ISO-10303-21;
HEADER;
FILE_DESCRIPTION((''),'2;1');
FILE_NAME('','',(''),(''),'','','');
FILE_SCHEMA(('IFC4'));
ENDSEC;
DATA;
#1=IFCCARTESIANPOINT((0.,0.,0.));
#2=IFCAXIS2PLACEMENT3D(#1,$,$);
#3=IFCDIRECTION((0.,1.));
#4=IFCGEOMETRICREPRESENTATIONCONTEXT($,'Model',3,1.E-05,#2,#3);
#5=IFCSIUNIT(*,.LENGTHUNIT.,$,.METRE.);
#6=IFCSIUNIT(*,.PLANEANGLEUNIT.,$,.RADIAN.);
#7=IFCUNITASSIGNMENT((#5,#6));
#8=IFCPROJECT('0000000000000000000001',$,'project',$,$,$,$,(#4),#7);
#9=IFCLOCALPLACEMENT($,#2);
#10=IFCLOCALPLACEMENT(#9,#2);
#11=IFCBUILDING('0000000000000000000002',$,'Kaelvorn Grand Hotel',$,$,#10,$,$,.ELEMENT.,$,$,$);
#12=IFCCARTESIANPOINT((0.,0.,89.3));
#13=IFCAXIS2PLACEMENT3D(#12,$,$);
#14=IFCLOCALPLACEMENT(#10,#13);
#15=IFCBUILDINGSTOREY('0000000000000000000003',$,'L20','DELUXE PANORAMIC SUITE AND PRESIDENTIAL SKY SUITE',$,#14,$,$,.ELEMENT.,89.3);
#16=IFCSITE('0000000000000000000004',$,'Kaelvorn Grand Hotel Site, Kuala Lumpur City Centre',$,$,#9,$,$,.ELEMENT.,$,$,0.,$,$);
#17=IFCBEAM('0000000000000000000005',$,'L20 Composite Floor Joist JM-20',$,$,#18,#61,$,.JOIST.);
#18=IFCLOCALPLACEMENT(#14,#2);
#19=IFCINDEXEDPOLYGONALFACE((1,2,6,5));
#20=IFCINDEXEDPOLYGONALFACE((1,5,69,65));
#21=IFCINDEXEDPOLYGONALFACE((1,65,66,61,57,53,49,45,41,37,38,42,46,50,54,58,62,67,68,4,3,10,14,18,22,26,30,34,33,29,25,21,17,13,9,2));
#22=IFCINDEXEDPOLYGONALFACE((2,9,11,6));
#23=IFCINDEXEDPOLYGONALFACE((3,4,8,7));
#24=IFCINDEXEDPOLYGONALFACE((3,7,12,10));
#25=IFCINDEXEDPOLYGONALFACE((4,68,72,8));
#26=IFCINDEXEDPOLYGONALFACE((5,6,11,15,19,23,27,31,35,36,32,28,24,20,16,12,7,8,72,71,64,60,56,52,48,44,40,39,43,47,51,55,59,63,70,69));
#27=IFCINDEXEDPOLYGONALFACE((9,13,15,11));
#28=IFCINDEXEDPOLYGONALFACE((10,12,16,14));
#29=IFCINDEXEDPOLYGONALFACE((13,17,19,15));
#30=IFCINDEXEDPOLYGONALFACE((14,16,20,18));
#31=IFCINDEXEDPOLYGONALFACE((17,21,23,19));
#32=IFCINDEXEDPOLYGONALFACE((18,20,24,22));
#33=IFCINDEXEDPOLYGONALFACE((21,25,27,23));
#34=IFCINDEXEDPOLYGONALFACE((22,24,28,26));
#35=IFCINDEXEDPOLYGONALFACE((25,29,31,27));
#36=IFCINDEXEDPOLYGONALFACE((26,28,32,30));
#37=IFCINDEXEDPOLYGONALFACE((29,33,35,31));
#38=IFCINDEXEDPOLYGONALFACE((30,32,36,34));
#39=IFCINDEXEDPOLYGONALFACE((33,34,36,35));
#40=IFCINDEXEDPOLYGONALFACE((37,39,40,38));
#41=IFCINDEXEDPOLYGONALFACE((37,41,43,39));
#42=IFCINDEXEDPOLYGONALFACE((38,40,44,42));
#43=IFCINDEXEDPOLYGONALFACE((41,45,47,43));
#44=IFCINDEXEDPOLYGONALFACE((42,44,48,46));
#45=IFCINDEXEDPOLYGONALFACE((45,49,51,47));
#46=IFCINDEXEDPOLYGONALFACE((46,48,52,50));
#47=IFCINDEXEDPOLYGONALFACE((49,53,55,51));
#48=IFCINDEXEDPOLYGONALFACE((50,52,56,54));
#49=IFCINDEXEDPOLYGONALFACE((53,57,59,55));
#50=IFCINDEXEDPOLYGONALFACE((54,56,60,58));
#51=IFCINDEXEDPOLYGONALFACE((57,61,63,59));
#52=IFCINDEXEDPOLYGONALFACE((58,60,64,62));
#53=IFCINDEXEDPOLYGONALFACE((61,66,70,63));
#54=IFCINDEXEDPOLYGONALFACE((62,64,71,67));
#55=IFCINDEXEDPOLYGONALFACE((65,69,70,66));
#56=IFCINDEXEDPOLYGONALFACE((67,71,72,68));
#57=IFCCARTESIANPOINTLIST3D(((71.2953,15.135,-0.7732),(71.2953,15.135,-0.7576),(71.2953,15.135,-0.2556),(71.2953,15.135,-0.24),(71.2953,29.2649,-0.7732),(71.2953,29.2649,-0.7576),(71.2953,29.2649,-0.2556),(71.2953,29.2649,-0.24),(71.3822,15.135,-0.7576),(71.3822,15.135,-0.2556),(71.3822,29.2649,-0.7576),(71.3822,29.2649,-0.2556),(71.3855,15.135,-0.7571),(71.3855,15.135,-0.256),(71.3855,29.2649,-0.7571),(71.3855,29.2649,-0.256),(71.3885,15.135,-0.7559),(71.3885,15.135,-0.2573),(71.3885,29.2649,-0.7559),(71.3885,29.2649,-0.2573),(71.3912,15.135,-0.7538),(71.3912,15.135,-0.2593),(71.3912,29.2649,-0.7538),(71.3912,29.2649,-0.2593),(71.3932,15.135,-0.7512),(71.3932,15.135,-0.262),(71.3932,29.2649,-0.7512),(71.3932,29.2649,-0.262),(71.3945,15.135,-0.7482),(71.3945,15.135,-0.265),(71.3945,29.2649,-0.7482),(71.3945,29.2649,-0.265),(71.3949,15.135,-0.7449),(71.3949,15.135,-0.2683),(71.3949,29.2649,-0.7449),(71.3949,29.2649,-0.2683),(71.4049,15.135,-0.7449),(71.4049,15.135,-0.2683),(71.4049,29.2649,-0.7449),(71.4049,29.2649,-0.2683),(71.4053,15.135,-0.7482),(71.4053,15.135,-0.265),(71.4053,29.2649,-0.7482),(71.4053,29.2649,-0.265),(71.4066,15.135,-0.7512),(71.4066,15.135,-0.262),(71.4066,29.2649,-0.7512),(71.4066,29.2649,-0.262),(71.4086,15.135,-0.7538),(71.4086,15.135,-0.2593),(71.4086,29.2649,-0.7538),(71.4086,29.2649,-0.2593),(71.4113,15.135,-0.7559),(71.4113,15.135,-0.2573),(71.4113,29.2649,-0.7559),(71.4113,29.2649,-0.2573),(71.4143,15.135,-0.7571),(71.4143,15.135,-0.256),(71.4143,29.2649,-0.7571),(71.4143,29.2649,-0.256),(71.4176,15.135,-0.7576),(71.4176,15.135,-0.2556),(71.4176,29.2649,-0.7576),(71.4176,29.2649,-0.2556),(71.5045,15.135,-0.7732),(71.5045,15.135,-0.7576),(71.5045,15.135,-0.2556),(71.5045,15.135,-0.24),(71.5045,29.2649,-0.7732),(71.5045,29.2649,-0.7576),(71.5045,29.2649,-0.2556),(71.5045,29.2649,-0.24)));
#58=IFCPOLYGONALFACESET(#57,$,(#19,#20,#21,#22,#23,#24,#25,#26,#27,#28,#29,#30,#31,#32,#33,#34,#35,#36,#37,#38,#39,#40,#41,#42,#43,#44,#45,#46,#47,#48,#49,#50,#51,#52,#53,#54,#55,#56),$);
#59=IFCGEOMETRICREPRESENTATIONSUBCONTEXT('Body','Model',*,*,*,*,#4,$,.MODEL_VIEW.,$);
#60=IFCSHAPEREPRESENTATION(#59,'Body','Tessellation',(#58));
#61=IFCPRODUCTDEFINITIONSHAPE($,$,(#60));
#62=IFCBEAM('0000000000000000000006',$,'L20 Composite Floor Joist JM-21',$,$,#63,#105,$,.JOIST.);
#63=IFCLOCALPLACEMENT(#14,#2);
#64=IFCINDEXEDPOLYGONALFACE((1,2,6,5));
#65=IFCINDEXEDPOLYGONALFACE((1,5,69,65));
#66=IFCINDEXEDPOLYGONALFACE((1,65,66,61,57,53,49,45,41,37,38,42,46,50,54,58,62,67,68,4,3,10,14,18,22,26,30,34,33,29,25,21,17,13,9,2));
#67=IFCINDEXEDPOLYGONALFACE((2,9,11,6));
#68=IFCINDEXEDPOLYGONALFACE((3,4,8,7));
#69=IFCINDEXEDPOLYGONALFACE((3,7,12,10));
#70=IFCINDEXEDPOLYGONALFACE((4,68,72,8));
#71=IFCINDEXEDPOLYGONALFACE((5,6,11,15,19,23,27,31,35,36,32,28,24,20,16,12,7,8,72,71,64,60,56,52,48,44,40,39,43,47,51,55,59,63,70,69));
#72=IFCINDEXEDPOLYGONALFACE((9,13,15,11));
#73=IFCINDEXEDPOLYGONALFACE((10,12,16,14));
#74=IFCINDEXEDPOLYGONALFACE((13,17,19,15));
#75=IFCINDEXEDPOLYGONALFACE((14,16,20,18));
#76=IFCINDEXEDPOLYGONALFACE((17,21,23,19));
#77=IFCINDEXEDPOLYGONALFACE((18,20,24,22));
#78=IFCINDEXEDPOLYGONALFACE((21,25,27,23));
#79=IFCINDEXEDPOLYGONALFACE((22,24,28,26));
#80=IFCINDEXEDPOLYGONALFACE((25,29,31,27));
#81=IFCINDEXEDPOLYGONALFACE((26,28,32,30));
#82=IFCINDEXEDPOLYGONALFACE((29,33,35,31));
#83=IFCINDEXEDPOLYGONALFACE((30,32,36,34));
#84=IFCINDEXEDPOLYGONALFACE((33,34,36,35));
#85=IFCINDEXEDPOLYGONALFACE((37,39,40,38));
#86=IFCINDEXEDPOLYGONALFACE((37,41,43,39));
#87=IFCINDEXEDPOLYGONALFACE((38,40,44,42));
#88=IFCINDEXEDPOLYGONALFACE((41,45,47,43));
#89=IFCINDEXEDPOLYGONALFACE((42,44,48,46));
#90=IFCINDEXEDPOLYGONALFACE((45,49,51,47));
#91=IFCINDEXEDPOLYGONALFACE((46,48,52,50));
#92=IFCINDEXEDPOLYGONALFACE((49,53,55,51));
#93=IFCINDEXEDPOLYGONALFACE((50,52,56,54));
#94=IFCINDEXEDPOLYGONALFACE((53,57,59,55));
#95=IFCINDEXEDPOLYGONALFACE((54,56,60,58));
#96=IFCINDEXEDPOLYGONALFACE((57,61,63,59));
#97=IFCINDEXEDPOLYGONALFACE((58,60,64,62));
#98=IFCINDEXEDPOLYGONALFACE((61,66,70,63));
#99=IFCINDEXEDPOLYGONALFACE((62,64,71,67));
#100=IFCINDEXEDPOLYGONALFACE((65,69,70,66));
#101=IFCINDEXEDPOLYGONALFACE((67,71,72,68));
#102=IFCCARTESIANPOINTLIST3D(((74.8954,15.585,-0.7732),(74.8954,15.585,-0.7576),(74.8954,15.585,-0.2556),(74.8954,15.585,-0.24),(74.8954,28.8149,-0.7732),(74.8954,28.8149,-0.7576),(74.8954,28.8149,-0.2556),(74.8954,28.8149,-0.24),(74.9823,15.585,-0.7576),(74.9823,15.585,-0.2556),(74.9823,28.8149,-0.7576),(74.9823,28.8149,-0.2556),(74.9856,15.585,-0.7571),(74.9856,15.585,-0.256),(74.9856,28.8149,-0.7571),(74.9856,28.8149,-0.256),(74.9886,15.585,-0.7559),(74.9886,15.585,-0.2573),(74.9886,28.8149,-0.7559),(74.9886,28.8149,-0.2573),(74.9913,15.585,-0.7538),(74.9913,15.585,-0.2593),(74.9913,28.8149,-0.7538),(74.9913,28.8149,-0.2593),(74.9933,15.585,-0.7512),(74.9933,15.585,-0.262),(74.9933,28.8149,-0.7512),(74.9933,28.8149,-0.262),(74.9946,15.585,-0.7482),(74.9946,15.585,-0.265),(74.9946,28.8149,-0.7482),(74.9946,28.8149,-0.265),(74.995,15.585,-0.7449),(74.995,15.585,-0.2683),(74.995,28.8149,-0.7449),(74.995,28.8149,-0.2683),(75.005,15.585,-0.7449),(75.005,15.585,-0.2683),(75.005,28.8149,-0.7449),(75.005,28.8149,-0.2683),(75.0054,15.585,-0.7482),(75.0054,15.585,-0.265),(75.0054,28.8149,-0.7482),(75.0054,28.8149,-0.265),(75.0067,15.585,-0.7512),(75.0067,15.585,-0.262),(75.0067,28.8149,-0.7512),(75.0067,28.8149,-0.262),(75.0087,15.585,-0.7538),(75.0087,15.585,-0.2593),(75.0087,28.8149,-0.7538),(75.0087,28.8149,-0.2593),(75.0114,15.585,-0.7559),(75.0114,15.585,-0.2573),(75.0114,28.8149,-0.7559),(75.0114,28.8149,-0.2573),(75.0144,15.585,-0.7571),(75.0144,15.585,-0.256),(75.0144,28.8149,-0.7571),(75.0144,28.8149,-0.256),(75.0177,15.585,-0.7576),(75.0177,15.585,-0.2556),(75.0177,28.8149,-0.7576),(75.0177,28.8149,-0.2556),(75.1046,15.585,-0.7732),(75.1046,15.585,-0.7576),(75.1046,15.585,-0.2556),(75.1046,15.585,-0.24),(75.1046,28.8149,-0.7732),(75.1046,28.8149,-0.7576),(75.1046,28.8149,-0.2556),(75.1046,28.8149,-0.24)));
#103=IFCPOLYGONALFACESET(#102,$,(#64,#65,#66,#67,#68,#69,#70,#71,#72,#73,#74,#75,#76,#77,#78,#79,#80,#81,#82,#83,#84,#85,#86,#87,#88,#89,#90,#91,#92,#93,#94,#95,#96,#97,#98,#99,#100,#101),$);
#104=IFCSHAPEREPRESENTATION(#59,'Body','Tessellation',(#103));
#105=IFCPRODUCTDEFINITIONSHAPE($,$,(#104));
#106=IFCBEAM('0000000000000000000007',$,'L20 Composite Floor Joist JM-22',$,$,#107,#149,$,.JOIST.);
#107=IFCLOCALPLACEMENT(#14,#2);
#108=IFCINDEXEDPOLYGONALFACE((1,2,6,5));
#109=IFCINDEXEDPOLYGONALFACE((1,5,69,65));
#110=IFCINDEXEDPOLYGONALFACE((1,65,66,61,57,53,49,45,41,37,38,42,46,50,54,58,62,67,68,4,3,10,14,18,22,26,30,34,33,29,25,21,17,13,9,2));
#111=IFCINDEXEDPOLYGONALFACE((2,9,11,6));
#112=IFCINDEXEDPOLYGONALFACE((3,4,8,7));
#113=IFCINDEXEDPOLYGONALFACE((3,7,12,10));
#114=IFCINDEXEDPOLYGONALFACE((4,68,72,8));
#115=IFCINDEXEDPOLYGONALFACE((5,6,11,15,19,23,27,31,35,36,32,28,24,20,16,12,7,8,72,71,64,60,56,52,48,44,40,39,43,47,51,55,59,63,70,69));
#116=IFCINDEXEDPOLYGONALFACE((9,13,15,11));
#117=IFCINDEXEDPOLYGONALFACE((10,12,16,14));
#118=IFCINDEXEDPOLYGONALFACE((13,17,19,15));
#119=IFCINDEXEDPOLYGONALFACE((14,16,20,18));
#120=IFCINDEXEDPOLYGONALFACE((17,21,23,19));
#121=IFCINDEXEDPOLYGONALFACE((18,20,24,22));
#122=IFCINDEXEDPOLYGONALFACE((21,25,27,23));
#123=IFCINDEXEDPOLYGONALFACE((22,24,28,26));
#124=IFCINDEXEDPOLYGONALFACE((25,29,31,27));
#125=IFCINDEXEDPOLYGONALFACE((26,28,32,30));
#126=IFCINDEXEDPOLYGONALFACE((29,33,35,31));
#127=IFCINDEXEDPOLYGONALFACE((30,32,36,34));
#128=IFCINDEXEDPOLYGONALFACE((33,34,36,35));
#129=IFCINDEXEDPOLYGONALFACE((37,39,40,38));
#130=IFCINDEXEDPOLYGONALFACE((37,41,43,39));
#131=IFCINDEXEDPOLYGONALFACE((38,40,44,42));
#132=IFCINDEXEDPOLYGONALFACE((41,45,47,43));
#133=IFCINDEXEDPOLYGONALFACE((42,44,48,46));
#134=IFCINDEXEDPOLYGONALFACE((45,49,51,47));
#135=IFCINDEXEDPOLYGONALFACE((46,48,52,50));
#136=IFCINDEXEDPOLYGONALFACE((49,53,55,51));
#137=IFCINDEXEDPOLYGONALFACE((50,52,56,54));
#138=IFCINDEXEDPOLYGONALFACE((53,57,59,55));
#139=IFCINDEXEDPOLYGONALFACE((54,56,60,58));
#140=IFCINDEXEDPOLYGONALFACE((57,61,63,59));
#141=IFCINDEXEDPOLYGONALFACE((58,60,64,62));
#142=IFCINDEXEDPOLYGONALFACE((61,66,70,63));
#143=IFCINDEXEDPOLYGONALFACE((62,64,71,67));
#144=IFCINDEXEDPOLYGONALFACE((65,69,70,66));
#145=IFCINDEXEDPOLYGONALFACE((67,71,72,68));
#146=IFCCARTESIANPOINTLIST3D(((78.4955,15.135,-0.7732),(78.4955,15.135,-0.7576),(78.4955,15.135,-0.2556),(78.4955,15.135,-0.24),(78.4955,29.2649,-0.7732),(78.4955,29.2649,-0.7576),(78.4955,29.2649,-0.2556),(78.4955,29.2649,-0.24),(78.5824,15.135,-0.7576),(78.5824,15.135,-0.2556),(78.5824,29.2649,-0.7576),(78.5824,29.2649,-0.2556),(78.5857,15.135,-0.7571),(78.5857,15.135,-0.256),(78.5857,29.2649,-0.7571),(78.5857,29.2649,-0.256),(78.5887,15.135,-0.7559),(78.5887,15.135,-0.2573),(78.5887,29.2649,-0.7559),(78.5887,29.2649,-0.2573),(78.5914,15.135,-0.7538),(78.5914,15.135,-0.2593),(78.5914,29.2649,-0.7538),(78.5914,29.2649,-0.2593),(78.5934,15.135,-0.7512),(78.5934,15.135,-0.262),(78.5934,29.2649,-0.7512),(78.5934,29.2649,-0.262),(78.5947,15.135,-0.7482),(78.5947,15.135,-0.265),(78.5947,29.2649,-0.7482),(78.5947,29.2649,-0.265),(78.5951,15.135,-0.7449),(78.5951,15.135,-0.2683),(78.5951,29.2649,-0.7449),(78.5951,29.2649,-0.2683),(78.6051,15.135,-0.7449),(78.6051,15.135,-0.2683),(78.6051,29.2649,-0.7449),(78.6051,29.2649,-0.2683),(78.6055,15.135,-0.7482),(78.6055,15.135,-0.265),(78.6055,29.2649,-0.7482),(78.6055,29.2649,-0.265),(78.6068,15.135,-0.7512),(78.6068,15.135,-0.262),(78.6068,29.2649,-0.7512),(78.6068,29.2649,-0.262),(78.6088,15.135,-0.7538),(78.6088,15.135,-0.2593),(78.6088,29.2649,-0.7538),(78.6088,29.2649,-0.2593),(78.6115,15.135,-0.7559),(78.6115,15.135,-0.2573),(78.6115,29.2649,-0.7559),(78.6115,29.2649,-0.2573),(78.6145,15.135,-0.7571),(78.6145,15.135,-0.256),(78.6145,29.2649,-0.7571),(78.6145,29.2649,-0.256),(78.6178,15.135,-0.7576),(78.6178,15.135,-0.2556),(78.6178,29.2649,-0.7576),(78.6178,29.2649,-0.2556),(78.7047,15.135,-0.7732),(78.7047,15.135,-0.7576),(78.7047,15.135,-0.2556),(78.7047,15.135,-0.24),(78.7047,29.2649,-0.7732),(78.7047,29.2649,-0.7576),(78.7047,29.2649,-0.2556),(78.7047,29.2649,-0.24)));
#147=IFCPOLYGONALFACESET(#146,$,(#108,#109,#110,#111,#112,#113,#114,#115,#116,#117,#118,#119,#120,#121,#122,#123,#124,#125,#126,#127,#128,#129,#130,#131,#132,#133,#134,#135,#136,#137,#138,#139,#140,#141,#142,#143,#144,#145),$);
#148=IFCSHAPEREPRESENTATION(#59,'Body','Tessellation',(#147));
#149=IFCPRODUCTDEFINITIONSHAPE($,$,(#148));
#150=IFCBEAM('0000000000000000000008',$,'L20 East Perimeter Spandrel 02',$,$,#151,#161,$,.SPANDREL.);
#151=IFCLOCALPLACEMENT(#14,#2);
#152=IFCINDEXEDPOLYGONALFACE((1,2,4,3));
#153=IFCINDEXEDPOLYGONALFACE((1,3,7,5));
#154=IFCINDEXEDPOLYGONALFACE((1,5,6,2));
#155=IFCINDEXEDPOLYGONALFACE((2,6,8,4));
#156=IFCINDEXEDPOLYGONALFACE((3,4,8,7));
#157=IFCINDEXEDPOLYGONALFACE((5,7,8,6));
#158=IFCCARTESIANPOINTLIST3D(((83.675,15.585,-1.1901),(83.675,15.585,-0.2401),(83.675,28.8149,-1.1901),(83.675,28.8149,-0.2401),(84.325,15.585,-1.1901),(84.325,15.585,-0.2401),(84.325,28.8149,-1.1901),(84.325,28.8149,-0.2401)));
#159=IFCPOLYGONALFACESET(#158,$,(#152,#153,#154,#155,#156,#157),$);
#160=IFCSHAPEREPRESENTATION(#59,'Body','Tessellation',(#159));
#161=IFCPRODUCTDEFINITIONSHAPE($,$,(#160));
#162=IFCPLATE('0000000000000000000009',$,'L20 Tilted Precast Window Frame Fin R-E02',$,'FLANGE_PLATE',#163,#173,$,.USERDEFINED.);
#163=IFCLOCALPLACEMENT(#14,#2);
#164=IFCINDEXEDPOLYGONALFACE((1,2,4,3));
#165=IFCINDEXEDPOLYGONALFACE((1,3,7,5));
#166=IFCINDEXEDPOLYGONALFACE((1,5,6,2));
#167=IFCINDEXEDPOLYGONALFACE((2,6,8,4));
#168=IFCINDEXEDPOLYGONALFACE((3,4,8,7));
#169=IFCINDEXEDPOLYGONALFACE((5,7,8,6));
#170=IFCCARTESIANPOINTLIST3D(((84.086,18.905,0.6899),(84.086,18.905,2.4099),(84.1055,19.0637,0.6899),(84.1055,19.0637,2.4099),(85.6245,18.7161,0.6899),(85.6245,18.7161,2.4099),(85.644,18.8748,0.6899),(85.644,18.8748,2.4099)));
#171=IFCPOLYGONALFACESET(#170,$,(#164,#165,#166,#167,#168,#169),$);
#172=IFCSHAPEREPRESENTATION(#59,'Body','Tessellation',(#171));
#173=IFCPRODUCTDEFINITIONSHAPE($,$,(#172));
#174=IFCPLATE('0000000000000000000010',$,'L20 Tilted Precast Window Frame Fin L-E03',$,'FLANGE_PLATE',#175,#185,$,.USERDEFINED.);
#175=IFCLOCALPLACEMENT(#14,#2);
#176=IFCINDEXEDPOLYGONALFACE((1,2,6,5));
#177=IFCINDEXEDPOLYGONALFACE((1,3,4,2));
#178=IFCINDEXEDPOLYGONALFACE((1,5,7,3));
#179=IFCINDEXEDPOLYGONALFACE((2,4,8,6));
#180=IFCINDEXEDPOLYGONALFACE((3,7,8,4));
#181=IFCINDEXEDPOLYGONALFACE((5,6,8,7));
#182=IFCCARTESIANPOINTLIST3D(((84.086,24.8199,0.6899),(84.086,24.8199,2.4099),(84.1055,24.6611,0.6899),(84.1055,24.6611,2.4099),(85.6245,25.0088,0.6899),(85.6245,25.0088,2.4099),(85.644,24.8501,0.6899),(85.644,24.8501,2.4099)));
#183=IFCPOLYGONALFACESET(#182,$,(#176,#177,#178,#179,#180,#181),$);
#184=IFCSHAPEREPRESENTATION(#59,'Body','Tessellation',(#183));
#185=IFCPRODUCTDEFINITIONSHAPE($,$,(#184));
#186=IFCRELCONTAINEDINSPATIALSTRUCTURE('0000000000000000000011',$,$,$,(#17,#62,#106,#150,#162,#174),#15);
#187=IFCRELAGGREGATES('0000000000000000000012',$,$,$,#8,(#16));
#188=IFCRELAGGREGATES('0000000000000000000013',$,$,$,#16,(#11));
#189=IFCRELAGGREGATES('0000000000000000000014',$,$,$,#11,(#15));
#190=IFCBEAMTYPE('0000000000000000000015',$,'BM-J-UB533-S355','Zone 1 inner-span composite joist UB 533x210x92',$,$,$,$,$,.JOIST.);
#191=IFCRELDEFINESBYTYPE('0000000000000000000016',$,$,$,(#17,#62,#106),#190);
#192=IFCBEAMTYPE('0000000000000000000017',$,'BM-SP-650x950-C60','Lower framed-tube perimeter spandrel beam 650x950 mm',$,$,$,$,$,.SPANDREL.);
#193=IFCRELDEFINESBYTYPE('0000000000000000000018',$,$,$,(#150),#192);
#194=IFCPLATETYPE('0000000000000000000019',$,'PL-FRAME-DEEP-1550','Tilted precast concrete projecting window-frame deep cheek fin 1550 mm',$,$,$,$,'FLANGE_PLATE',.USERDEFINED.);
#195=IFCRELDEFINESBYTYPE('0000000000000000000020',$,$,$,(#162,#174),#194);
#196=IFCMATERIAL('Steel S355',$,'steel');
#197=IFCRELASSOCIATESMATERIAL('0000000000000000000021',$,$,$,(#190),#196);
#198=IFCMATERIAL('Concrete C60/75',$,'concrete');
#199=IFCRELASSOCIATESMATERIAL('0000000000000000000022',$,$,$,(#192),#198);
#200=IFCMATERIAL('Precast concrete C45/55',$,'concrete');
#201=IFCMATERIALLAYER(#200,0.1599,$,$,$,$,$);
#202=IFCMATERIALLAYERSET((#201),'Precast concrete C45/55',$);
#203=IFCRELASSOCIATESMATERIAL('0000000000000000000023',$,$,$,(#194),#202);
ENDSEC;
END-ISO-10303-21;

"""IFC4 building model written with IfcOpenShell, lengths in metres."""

from ifc_helpers import new_model, si_unit, direction, frame, origin, origin_2d, place, context, subcontext, project, spatial, rectangle, i_section, extrude, material, layer, layer_set, material_profile, profile_set, type_object, element, save


model = new_model("IFC4")

# Units and contexts
model_context = context("Model", 3, precision=1e-05, world=origin(), true_north=direction((0.0, 1.0)))
body_context = subcontext(model_context, "Body", "Model", "MODEL_VIEW")
ifc_project = project(units=[si_unit("LENGTHUNIT", "METRE"), si_unit("PLANEANGLEUNIT", "RADIAN")], contexts=[model_context])

# Site, building, storey
site_placement = place(None, origin())
site = spatial("IfcSite", under=ifc_project, at=site_placement, Name="Kaelvorn Grand Hotel Site, Kuala Lumpur City Centre", CompositionType="ELEMENT", RefElevation=0.0)
building_placement = place(site_placement, origin())
building = spatial("IfcBuilding", under=site, at=building_placement, Name="Kaelvorn Grand Hotel", CompositionType="ELEMENT")
storey_placement = place(building_placement, frame((0.0, 0.0, 89.3)))
storey = spatial("IfcBuildingStorey", under=building, at=storey_placement, Name="L20", Description="DELUXE PANORAMIC SUITE AND PRESIDENTIAL SKY SUITE", CompositionType="ELEMENT", Elevation=89.3)

# Shared definitions
ifc_material_1 = material(Name="Concrete C60/75", Category="concrete")

# Beams
ifc_material_2 = material(Name="Steel S355", Category="steel")
ifc_material_profile_1 = material_profile(ifc_material_2, i_section(OverallWidth=0.2092, OverallDepth=0.5332, WebThickness=0.01, FlangeThickness=0.0156, FilletRadius=0.0127, at=origin_2d()), Name="UB 533x210x92")
ifc_profile_set_1 = profile_set([ifc_material_profile_1], Name="Steel S355")
beam_type_1 = type_object("IfcBeamType", Name="BM-J-UB533-S355", Description="Zone 1 inner-span composite joist UB 533x210x92", PredefinedType="JOIST", material=ifc_profile_set_1)
beam_1_placement = place(storey_placement, frame((71.3999, 15.135, -0.5066), z_axis=(0.0, 1.0, 0.0), x_axis=(-1.0, 0.0, 0.0)))
element("IfcBeam", 1, at=beam_1_placement, inside=storey, type_object=beam_type_1, Name="L20 Composite Floor Joist JM-20", PredefinedType="JOIST", context=body_context, shape_type="SweptSolid", body=[
    extrude(i_section(OverallWidth=0.2092, OverallDepth=0.5332, WebThickness=0.01, FlangeThickness=0.0156, FilletRadius=0.0127, at=origin_2d()), origin(), (0.0, 0.0, 1.0), 14.1299),
])
beam_2_placement = place(storey_placement, frame((75.0, 15.585, -0.5066), z_axis=(0.0, 1.0, 0.0), x_axis=(-1.0, 0.0, 0.0)))
element("IfcBeam", 2, at=beam_2_placement, inside=storey, type_object=beam_type_1, Name="L20 Composite Floor Joist JM-21", PredefinedType="JOIST", context=body_context, shape_type="SweptSolid", body=[
    extrude(i_section(OverallWidth=0.2092, OverallDepth=0.5332, WebThickness=0.01, FlangeThickness=0.0156, FilletRadius=0.0127, at=origin_2d()), origin(), (0.0, 0.0, 1.0), 13.23),
])
beam_3_placement = place(storey_placement, frame((78.6001, 15.135, -0.5066), z_axis=(0.0, 1.0, 0.0), x_axis=(-1.0, 0.0, 0.0)))
element("IfcBeam", 3, at=beam_3_placement, inside=storey, type_object=beam_type_1, Name="L20 Composite Floor Joist JM-22", PredefinedType="JOIST", context=body_context, shape_type="SweptSolid", body=[
    extrude(i_section(OverallWidth=0.2092, OverallDepth=0.5332, WebThickness=0.01, FlangeThickness=0.0156, FilletRadius=0.0127, at=origin_2d()), origin(), (0.0, 0.0, 1.0), 14.1299),
])
ifc_material_profile_2 = material_profile(ifc_material_1, rectangle(XDim=0.6499, YDim=0.95, at=origin_2d()), Name="RC SPANDREL 650x950")
ifc_profile_set_2 = profile_set([ifc_material_profile_2], Name="Concrete C60/75")
beam_type_2 = type_object("IfcBeamType", Name="BM-SP-650x950-C60", Description="Lower framed-tube perimeter spandrel beam 650x950 mm", PredefinedType="SPANDREL", material=ifc_profile_set_2)
beam_4_placement = place(storey_placement, frame((84.0, 15.585, -0.7151), z_axis=(0.0, 1.0, 0.0), x_axis=(-1.0, 0.0, 0.0)))
element("IfcBeam", 4, at=beam_4_placement, inside=storey, type_object=beam_type_2, Name="L20 East Perimeter Spandrel 02", PredefinedType="SPANDREL", context=body_context, shape_type="SweptSolid", body=[
    extrude(rectangle(XDim=0.6499, YDim=0.95, at=origin_2d()), origin(), (0.0, 0.0, 1.0), 13.23),
])

# Plates
ifc_material_3 = material(Name="Precast concrete C45/55", Category="concrete")
ifc_layer_1 = layer(ifc_material_3, 0.1599)
ifc_layer_set_1 = layer_set([ifc_layer_1], Name="Precast concrete C45/55")
plate_type_1 = type_object("IfcPlateType", Name="PL-FRAME-DEEP-1550", Description="Tilted precast concrete projecting window-frame deep cheek fin 1550 mm", ElementType="FLANGE_PLATE", PredefinedType="USERDEFINED", material=ifc_layer_set_1)
for number, where, z_axis, x_axis, name in (
    (5, (84.865, 18.8899, 0.6899), (0.0, 0.0, 1.0), (0.121869, 0.992546, 0.0), "L20 Tilted Precast Window Frame Fin R-E02"),
    (6, (84.865, 24.835, 0.6899), (0.0, 0.0, 1.0), (-0.121869, 0.992546, 0.0), "L20 Tilted Precast Window Frame Fin L-E03"),
):
    element("IfcPlate", number, at=place(storey_placement, frame(where, z_axis=z_axis, x_axis=x_axis)), inside=storey, type_object=plate_type_1, Name=name, ObjectType="FLANGE_PLATE", PredefinedType="USERDEFINED", context=body_context, shape_type="SweptSolid", body=[
        extrude(rectangle(XDim=0.1599, YDim=1.55, at=origin_2d()), origin(), (0.0, 0.0, 1.0), 1.72),
    ])

save(model, "model.ifc")
